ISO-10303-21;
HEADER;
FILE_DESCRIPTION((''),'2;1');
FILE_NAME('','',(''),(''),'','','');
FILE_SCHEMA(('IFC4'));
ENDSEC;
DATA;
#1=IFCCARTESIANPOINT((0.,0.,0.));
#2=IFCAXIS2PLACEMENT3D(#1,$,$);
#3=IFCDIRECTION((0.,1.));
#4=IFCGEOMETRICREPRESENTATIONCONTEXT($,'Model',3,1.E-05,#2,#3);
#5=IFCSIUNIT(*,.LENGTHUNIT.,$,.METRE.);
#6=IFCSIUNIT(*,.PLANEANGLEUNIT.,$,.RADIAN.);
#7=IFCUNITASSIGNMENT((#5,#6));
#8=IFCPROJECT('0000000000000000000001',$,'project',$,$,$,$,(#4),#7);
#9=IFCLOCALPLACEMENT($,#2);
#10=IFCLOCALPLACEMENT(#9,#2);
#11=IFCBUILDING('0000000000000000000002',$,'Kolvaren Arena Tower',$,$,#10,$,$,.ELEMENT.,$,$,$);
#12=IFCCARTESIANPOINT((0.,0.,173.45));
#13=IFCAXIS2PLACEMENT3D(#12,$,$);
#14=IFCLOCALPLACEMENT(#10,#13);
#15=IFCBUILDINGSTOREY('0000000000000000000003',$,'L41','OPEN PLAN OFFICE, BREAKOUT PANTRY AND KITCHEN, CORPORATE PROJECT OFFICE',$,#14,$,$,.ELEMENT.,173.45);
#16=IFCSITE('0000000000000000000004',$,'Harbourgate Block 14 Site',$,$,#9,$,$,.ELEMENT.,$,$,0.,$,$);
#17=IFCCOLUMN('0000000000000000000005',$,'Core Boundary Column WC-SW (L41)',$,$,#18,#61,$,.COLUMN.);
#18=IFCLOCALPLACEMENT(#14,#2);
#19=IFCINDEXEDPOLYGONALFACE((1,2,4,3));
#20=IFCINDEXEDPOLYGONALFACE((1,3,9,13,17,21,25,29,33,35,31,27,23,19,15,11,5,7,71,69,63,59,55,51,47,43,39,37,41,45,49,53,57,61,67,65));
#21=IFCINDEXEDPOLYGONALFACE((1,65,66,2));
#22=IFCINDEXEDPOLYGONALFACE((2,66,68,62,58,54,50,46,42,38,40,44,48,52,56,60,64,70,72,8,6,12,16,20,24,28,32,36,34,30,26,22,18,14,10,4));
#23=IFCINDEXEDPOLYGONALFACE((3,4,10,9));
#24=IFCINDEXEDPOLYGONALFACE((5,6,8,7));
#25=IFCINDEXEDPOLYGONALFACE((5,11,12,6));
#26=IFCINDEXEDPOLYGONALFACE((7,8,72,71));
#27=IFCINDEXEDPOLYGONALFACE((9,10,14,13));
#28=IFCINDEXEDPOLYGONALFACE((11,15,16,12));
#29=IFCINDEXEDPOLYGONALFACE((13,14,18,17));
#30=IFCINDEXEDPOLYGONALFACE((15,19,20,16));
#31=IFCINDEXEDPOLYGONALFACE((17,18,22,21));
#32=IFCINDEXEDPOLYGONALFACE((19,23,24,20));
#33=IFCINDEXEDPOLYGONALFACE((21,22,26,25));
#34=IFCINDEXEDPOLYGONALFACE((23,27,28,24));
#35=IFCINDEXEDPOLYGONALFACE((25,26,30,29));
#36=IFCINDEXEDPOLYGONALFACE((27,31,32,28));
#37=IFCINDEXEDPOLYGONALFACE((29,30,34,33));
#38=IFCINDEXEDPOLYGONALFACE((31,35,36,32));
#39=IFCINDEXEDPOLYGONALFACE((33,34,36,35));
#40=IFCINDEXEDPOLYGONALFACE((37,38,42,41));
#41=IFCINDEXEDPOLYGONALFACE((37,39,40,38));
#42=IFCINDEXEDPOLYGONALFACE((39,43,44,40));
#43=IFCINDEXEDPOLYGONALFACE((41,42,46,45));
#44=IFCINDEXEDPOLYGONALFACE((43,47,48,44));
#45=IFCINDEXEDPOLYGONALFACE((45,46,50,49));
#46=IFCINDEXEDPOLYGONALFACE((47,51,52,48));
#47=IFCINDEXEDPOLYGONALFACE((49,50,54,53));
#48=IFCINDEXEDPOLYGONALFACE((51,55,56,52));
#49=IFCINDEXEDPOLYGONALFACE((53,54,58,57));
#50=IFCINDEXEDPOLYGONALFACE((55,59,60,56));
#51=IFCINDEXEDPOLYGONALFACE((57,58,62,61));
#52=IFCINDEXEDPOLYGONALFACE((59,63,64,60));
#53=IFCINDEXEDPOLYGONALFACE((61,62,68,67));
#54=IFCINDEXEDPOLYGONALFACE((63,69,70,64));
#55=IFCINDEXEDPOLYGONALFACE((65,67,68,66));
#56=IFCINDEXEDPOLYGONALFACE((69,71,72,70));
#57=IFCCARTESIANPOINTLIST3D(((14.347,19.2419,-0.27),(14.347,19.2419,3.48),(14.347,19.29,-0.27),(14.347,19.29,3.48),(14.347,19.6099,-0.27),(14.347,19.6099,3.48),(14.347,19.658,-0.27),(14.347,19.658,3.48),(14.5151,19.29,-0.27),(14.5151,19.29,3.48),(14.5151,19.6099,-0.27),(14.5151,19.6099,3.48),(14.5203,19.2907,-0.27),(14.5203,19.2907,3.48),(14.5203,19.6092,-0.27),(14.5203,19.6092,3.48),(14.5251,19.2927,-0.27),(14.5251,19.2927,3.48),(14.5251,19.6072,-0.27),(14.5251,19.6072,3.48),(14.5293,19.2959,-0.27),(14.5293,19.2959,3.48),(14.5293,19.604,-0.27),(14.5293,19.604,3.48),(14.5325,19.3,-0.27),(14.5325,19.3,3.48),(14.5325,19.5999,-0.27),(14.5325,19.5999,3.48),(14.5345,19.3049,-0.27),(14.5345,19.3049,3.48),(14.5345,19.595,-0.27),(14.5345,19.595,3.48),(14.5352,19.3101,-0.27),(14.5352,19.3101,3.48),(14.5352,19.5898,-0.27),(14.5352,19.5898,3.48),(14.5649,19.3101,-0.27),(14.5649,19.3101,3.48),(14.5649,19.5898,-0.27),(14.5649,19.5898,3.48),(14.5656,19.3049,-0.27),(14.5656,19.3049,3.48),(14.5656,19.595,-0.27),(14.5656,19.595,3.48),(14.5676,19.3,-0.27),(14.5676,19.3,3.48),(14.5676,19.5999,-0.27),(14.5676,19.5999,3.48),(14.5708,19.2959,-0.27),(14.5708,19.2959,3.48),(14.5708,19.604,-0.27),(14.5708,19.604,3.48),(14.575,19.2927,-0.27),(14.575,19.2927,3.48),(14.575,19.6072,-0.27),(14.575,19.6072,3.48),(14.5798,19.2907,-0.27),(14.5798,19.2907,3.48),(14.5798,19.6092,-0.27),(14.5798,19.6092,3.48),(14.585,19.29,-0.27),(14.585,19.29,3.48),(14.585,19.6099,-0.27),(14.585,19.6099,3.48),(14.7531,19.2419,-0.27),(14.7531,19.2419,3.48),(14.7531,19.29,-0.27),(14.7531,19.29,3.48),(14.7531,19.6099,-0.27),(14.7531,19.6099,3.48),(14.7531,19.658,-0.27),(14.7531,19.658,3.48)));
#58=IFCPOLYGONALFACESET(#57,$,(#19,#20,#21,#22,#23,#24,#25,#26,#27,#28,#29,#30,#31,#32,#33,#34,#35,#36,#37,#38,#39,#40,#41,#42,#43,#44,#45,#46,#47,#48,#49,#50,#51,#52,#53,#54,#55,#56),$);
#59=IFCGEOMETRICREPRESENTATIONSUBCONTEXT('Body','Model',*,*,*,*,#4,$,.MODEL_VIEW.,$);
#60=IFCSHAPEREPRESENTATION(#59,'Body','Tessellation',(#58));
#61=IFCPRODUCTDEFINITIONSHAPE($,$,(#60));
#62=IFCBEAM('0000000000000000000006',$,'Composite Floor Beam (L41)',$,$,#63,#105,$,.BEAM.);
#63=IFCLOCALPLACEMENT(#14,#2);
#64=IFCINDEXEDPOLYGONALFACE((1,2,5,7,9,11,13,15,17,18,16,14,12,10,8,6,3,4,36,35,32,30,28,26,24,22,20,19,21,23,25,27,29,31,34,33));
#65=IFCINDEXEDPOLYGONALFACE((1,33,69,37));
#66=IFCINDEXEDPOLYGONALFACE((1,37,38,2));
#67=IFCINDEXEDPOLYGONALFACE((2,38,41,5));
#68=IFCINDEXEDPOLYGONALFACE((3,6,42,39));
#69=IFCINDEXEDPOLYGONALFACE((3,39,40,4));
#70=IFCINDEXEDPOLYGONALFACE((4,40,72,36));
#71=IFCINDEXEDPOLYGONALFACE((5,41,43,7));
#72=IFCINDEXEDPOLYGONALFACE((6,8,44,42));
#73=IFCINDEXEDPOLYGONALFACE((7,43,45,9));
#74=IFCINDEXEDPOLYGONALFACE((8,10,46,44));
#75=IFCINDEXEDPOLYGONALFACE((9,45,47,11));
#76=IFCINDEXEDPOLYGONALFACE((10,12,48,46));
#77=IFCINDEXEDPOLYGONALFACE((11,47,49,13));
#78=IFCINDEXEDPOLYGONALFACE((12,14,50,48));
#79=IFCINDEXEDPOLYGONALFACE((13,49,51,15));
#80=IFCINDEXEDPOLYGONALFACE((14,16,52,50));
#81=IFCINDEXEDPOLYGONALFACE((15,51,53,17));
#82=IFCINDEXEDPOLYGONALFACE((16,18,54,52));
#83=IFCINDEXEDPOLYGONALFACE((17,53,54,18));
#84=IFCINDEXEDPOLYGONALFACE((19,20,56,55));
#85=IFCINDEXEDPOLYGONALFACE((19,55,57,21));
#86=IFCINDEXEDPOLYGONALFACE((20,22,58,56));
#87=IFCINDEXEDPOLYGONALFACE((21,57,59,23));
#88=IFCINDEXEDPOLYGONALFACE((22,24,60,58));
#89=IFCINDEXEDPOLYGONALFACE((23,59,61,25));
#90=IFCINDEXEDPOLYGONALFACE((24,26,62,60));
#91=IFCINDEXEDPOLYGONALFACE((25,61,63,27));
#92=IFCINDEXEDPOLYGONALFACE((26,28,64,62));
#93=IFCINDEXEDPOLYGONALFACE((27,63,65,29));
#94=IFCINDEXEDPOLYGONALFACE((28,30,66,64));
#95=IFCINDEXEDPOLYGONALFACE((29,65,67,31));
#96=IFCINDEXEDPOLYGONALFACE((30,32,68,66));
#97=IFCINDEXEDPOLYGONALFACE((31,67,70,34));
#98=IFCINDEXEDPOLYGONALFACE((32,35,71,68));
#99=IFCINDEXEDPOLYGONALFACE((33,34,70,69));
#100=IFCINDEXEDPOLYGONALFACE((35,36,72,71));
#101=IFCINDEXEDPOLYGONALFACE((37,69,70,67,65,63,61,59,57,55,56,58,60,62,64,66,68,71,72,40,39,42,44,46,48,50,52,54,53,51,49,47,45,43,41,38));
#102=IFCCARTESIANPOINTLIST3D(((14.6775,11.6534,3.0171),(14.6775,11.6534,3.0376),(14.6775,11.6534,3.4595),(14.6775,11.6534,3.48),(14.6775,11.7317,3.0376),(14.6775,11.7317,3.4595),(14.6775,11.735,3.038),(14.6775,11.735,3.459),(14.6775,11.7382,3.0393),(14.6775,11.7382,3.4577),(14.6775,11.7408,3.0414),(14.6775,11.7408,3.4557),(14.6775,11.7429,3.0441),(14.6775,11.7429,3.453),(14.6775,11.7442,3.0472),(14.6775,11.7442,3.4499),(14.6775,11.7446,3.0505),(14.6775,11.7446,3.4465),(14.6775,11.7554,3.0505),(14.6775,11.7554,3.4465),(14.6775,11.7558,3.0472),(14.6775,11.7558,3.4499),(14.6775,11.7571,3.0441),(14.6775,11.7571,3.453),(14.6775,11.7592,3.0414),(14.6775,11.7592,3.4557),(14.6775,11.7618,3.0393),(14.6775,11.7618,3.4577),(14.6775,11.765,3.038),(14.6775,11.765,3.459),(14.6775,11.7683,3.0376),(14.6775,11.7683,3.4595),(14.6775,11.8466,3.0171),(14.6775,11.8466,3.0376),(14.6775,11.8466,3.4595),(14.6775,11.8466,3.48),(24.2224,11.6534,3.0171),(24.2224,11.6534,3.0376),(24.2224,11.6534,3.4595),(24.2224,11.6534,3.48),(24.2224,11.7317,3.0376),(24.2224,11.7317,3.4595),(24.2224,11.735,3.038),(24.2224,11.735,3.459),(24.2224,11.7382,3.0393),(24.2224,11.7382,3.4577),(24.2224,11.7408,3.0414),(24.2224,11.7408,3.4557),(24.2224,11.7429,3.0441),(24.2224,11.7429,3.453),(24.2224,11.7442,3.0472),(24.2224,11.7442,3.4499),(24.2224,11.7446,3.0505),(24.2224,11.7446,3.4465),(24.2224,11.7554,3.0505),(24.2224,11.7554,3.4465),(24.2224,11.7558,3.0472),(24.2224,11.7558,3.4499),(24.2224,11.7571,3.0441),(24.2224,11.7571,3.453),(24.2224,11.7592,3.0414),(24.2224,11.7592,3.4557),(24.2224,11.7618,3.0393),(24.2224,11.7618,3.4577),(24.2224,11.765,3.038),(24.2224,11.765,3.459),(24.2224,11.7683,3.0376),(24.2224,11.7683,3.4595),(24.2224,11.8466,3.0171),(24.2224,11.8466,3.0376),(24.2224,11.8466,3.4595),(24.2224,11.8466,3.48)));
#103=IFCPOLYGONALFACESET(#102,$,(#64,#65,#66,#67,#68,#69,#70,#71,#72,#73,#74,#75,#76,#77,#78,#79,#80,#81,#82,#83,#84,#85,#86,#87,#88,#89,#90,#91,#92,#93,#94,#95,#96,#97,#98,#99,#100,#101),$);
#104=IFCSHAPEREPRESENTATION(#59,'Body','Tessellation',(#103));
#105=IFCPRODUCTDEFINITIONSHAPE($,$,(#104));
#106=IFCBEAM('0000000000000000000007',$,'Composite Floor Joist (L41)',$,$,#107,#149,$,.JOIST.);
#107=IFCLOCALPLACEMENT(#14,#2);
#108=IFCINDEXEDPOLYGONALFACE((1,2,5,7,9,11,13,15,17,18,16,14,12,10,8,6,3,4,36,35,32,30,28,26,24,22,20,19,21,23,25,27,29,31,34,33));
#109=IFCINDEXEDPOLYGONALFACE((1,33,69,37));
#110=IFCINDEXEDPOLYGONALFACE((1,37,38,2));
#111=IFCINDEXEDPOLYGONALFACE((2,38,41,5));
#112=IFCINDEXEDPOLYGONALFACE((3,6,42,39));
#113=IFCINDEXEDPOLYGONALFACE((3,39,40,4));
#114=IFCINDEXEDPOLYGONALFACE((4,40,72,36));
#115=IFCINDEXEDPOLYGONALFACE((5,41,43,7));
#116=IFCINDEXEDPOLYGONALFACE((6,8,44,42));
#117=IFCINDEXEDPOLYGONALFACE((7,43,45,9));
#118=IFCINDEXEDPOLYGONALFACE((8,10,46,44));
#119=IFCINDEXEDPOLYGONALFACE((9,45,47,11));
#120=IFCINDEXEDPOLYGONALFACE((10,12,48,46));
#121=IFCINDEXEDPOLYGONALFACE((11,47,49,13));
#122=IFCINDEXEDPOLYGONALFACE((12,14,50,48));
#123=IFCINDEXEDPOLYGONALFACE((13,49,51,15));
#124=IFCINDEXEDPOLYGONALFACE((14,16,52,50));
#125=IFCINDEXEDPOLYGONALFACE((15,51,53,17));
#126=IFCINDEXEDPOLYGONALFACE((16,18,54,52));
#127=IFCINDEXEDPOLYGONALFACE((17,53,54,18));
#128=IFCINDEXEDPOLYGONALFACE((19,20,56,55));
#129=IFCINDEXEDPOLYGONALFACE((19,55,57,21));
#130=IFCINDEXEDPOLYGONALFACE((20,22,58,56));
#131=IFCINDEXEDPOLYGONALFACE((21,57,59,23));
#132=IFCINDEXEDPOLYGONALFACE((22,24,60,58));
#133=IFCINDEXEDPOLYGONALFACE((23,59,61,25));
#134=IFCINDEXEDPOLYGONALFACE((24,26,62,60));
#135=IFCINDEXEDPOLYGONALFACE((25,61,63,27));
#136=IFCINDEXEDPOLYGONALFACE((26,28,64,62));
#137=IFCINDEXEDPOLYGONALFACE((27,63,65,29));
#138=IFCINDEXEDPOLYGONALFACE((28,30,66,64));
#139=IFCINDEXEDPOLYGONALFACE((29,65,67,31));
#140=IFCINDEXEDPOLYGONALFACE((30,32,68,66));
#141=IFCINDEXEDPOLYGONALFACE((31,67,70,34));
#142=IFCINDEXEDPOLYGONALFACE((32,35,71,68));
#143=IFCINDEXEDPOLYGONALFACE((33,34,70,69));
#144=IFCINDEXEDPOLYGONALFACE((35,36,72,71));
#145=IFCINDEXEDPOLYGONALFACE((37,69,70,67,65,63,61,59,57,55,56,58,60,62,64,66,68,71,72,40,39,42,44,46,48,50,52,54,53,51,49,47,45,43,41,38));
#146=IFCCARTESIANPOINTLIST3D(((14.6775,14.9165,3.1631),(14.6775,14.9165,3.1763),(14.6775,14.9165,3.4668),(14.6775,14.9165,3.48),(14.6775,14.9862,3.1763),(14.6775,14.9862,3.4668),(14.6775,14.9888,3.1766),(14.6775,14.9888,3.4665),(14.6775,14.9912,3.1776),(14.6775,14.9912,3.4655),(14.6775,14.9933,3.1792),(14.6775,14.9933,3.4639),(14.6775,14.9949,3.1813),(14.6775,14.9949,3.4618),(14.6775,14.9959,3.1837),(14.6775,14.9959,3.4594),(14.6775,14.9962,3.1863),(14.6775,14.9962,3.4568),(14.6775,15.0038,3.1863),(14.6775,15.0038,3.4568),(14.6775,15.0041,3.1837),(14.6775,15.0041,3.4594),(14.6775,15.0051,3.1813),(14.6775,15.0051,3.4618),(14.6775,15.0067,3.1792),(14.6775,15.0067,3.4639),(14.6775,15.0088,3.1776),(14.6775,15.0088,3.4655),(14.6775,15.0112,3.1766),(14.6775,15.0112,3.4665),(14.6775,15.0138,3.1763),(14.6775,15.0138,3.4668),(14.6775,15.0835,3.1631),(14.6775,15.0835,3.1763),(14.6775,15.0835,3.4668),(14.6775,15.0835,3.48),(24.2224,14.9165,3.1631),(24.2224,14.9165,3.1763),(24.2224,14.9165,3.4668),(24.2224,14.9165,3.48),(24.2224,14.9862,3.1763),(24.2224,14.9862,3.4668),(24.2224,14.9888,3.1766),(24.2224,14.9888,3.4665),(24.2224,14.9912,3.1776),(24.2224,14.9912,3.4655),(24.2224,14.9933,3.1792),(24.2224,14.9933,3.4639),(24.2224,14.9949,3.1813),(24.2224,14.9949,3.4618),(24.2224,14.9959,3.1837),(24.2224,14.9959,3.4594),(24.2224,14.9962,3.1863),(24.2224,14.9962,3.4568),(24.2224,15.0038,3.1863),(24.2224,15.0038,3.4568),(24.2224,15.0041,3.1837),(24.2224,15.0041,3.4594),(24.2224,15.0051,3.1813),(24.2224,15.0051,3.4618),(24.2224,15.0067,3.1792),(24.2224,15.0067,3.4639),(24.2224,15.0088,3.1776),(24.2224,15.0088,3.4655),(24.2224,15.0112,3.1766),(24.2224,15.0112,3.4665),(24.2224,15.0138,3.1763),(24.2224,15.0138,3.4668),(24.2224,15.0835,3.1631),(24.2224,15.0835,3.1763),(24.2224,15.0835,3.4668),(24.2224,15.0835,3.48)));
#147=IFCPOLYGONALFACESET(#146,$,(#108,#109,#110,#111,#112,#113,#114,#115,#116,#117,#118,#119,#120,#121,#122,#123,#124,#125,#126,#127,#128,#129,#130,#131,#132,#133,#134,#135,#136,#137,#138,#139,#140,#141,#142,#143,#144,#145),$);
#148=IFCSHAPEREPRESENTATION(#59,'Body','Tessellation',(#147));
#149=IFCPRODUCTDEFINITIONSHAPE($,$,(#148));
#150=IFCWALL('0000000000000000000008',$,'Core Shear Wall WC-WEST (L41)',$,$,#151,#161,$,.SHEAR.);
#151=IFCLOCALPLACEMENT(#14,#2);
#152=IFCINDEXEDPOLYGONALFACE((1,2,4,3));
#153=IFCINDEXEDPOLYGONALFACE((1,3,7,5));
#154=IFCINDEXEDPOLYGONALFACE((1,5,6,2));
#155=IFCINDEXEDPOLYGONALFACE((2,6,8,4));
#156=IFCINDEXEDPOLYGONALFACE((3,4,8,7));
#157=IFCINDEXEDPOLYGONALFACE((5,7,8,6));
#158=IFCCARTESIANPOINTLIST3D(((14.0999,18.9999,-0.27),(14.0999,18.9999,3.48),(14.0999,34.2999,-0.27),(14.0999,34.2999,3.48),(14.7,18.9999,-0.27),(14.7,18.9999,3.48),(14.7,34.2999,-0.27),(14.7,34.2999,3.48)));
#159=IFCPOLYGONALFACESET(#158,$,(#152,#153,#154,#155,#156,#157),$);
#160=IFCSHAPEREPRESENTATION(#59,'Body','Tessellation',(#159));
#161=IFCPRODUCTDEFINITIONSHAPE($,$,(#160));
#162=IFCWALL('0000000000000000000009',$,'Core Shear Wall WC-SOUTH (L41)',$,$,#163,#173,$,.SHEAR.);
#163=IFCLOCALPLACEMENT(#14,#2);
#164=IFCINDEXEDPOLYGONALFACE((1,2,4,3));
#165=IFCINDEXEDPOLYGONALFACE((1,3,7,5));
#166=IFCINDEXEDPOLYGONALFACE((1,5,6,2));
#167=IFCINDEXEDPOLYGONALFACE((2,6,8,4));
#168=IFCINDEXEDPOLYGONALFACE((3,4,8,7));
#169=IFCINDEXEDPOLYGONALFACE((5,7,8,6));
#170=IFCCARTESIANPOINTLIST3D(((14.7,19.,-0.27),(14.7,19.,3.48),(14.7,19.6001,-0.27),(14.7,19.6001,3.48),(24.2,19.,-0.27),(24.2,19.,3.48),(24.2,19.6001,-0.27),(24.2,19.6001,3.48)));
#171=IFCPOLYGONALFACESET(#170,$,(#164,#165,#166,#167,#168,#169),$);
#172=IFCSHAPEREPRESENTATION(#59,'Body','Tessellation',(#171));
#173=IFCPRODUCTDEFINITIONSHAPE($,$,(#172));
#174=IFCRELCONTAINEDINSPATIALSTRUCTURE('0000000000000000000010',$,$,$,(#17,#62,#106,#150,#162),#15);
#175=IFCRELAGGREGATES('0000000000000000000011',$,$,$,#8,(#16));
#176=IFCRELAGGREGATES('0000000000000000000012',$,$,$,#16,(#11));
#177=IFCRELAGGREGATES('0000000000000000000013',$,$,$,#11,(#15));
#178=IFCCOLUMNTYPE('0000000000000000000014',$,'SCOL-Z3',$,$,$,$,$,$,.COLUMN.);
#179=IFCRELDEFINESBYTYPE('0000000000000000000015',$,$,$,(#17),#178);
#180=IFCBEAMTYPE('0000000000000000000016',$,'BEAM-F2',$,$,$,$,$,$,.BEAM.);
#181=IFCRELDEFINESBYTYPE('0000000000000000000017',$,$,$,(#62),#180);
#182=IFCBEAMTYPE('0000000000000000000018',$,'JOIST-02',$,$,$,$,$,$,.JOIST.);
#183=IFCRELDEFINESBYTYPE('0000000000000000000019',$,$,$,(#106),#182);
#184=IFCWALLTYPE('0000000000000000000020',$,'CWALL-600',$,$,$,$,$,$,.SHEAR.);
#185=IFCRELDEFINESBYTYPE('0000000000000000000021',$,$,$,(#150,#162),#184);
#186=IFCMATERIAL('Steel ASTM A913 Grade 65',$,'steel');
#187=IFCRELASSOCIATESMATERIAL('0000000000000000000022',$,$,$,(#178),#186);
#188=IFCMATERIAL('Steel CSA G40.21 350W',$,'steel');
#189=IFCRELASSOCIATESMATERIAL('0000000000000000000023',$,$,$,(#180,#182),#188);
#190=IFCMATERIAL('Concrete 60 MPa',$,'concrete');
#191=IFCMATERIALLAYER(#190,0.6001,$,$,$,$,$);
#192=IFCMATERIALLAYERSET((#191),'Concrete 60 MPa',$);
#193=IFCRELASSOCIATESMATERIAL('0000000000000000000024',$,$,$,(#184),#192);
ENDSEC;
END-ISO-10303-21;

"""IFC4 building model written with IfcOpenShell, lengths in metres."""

from ifc_helpers import new_model, si_unit, direction, frame, frame_2d, origin, origin_2d, place, context, subcontext, project, spatial, rectangle, i_section, extrude, material, layer, layer_set, material_profile, profile_set, type_object, element, save


model = new_model("IFC4")

# Units and contexts
model_context = context("Model", 3, precision=1e-05, world=origin(), true_north=direction((0.0, 1.0)))
body_context = subcontext(model_context, "Body", "Model", "MODEL_VIEW")
ifc_project = project(units=[si_unit("LENGTHUNIT", "METRE"), si_unit("PLANEANGLEUNIT", "RADIAN")], contexts=[model_context])

# Site, building, storey
site_placement = place(None, origin())
site = spatial("IfcSite", under=ifc_project, at=site_placement, Name="Harbourgate Block 14 Site", CompositionType="ELEMENT", RefElevation=0.0)
building_placement = place(site_placement, origin())
building = spatial("IfcBuilding", under=site, at=building_placement, Name="Kolvaren Arena Tower", CompositionType="ELEMENT")
storey_placement = place(building_placement, frame((0.0, 0.0, 173.45)))
storey = spatial("IfcBuildingStorey", under=building, at=storey_placement, Name="L41", Description="OPEN PLAN OFFICE, BREAKOUT PANTRY AND KITCHEN, CORPORATE PROJECT OFFICE", CompositionType="ELEMENT", Elevation=173.45)

# Column
ifc_material_1 = material(Name="Steel ASTM A913 Grade 65", Category="steel")
ifc_material_profile_1 = material_profile(ifc_material_1, i_section(OverallWidth=0.406, OverallDepth=0.416, WebThickness=0.0298, FlangeThickness=0.0481, FilletRadius=0.02, at=origin_2d()), Name="W360x382")
ifc_profile_set_1 = profile_set([ifc_material_profile_1], Name="Steel ASTM A913 Grade 65")
column_type = type_object("IfcColumnType", Name="SCOL-Z3", PredefinedType="COLUMN", material=ifc_profile_set_1)
column_placement = place(storey_placement, frame((14.55, 19.45, -0.27), z_axis=(0.0, 0.0, 1.0), x_axis=(1.0, 0.0, 0.0)))
element("IfcColumn", 1, at=column_placement, inside=storey, type_object=column_type, Name="Core Boundary Column WC-SW (L41)", PredefinedType="COLUMN", context=body_context, shape_type="SweptSolid", body=[
    extrude(i_section(OverallWidth=0.406, OverallDepth=0.416, WebThickness=0.0298, FlangeThickness=0.0481, FilletRadius=0.02, at=origin_2d()), origin(), (0.0, 0.0, 1.0), 3.75),
])

# Beams
ifc_material_2 = material(Name="Steel CSA G40.21 350W", Category="steel")
ifc_material_profile_2 = material_profile(ifc_material_2, i_section(OverallWidth=0.1931, OverallDepth=0.4629, WebThickness=0.0107, FlangeThickness=0.0205, FilletRadius=0.0129, at=origin_2d()), Name="W460x113")
ifc_profile_set_2 = profile_set([ifc_material_profile_2], Name="Steel CSA G40.21 350W")
beam_type_1 = type_object("IfcBeamType", Name="BEAM-F2", PredefinedType="BEAM", material=ifc_profile_set_2)
beam_1_placement = place(storey_placement, frame((14.6775, 11.75, 3.2485), z_axis=(1.0, 0.0, 0.0), x_axis=(0.0, 1.0, 0.0)))
element("IfcBeam", 2, at=beam_1_placement, inside=storey, type_object=beam_type_1, Name="Composite Floor Beam (L41)", PredefinedType="BEAM", context=body_context, shape_type="SweptSolid", body=[
    extrude(i_section(OverallWidth=0.1931, OverallDepth=0.4629, WebThickness=0.0107, FlangeThickness=0.0205, FilletRadius=0.0129, at=origin_2d()), origin(), (0.0, 0.0, 1.0), 9.5449),
])
ifc_material_profile_3 = material_profile(ifc_material_2, i_section(OverallWidth=0.167, OverallDepth=0.3169, WebThickness=0.0076, FlangeThickness=0.0132, FilletRadius=0.01, at=origin_2d()), Name="W310x52")
ifc_profile_set_3 = profile_set([ifc_material_profile_3], Name="Steel CSA G40.21 350W")
beam_type_2 = type_object("IfcBeamType", Name="JOIST-02", PredefinedType="JOIST", material=ifc_profile_set_3)
beam_2_placement = place(storey_placement, frame((14.6775, 15.0, 3.3215), z_axis=(1.0, 0.0, 0.0), x_axis=(0.0, 1.0, 0.0)))
element("IfcBeam", 3, at=beam_2_placement, inside=storey, type_object=beam_type_2, Name="Composite Floor Joist (L41)", PredefinedType="JOIST", context=body_context, shape_type="SweptSolid", body=[
    extrude(i_section(OverallWidth=0.167, OverallDepth=0.3169, WebThickness=0.0076, FlangeThickness=0.0132, FilletRadius=0.01, at=origin_2d()), origin(), (0.0, 0.0, 1.0), 9.5449),
])

# Walls
ifc_material_3 = material(Name="Concrete 60 MPa", Category="concrete")
ifc_layer_1 = layer(ifc_material_3, 0.6001)
ifc_layer_set_1 = layer_set([ifc_layer_1], Name="Concrete 60 MPa")
wall_type_1 = type_object("IfcWallType", Name="CWALL-600", PredefinedType="SHEAR", material=ifc_layer_set_1)
wall_1_placement = place(storey_placement, frame((14.3999, 19.0, -0.27), z_axis=(0.0, 0.0, 1.0), x_axis=(0.0, 1.0, 0.0)))
element("IfcWall", 4, at=wall_1_placement, inside=storey, type_object=wall_type_1, Name="Core Shear Wall WC-WEST (L41)", PredefinedType="SHEAR", context=body_context, shape_type="SweptSolid", body=[
    extrude(rectangle(XDim=15.3, YDim=0.6001, at=frame_2d((7.6499, 0.0))), origin(), (0.0, 0.0, 1.0), 3.75),
])
wall_2_placement = place(storey_placement, frame((14.7, 19.3, -0.27), z_axis=(0.0, 0.0, 1.0), x_axis=(1.0, 0.0, 0.0)))
element("IfcWall", 5, at=wall_2_placement, inside=storey, type_object=wall_type_1, Name="Core Shear Wall WC-SOUTH (L41)", PredefinedType="SHEAR", context=body_context, shape_type="SweptSolid", body=[
    extrude(rectangle(XDim=9.5, YDim=0.6001, at=frame_2d((4.75, 0.0))), origin(), (0.0, 0.0, 1.0), 3.75),
])

save(model, "model.ifc")
